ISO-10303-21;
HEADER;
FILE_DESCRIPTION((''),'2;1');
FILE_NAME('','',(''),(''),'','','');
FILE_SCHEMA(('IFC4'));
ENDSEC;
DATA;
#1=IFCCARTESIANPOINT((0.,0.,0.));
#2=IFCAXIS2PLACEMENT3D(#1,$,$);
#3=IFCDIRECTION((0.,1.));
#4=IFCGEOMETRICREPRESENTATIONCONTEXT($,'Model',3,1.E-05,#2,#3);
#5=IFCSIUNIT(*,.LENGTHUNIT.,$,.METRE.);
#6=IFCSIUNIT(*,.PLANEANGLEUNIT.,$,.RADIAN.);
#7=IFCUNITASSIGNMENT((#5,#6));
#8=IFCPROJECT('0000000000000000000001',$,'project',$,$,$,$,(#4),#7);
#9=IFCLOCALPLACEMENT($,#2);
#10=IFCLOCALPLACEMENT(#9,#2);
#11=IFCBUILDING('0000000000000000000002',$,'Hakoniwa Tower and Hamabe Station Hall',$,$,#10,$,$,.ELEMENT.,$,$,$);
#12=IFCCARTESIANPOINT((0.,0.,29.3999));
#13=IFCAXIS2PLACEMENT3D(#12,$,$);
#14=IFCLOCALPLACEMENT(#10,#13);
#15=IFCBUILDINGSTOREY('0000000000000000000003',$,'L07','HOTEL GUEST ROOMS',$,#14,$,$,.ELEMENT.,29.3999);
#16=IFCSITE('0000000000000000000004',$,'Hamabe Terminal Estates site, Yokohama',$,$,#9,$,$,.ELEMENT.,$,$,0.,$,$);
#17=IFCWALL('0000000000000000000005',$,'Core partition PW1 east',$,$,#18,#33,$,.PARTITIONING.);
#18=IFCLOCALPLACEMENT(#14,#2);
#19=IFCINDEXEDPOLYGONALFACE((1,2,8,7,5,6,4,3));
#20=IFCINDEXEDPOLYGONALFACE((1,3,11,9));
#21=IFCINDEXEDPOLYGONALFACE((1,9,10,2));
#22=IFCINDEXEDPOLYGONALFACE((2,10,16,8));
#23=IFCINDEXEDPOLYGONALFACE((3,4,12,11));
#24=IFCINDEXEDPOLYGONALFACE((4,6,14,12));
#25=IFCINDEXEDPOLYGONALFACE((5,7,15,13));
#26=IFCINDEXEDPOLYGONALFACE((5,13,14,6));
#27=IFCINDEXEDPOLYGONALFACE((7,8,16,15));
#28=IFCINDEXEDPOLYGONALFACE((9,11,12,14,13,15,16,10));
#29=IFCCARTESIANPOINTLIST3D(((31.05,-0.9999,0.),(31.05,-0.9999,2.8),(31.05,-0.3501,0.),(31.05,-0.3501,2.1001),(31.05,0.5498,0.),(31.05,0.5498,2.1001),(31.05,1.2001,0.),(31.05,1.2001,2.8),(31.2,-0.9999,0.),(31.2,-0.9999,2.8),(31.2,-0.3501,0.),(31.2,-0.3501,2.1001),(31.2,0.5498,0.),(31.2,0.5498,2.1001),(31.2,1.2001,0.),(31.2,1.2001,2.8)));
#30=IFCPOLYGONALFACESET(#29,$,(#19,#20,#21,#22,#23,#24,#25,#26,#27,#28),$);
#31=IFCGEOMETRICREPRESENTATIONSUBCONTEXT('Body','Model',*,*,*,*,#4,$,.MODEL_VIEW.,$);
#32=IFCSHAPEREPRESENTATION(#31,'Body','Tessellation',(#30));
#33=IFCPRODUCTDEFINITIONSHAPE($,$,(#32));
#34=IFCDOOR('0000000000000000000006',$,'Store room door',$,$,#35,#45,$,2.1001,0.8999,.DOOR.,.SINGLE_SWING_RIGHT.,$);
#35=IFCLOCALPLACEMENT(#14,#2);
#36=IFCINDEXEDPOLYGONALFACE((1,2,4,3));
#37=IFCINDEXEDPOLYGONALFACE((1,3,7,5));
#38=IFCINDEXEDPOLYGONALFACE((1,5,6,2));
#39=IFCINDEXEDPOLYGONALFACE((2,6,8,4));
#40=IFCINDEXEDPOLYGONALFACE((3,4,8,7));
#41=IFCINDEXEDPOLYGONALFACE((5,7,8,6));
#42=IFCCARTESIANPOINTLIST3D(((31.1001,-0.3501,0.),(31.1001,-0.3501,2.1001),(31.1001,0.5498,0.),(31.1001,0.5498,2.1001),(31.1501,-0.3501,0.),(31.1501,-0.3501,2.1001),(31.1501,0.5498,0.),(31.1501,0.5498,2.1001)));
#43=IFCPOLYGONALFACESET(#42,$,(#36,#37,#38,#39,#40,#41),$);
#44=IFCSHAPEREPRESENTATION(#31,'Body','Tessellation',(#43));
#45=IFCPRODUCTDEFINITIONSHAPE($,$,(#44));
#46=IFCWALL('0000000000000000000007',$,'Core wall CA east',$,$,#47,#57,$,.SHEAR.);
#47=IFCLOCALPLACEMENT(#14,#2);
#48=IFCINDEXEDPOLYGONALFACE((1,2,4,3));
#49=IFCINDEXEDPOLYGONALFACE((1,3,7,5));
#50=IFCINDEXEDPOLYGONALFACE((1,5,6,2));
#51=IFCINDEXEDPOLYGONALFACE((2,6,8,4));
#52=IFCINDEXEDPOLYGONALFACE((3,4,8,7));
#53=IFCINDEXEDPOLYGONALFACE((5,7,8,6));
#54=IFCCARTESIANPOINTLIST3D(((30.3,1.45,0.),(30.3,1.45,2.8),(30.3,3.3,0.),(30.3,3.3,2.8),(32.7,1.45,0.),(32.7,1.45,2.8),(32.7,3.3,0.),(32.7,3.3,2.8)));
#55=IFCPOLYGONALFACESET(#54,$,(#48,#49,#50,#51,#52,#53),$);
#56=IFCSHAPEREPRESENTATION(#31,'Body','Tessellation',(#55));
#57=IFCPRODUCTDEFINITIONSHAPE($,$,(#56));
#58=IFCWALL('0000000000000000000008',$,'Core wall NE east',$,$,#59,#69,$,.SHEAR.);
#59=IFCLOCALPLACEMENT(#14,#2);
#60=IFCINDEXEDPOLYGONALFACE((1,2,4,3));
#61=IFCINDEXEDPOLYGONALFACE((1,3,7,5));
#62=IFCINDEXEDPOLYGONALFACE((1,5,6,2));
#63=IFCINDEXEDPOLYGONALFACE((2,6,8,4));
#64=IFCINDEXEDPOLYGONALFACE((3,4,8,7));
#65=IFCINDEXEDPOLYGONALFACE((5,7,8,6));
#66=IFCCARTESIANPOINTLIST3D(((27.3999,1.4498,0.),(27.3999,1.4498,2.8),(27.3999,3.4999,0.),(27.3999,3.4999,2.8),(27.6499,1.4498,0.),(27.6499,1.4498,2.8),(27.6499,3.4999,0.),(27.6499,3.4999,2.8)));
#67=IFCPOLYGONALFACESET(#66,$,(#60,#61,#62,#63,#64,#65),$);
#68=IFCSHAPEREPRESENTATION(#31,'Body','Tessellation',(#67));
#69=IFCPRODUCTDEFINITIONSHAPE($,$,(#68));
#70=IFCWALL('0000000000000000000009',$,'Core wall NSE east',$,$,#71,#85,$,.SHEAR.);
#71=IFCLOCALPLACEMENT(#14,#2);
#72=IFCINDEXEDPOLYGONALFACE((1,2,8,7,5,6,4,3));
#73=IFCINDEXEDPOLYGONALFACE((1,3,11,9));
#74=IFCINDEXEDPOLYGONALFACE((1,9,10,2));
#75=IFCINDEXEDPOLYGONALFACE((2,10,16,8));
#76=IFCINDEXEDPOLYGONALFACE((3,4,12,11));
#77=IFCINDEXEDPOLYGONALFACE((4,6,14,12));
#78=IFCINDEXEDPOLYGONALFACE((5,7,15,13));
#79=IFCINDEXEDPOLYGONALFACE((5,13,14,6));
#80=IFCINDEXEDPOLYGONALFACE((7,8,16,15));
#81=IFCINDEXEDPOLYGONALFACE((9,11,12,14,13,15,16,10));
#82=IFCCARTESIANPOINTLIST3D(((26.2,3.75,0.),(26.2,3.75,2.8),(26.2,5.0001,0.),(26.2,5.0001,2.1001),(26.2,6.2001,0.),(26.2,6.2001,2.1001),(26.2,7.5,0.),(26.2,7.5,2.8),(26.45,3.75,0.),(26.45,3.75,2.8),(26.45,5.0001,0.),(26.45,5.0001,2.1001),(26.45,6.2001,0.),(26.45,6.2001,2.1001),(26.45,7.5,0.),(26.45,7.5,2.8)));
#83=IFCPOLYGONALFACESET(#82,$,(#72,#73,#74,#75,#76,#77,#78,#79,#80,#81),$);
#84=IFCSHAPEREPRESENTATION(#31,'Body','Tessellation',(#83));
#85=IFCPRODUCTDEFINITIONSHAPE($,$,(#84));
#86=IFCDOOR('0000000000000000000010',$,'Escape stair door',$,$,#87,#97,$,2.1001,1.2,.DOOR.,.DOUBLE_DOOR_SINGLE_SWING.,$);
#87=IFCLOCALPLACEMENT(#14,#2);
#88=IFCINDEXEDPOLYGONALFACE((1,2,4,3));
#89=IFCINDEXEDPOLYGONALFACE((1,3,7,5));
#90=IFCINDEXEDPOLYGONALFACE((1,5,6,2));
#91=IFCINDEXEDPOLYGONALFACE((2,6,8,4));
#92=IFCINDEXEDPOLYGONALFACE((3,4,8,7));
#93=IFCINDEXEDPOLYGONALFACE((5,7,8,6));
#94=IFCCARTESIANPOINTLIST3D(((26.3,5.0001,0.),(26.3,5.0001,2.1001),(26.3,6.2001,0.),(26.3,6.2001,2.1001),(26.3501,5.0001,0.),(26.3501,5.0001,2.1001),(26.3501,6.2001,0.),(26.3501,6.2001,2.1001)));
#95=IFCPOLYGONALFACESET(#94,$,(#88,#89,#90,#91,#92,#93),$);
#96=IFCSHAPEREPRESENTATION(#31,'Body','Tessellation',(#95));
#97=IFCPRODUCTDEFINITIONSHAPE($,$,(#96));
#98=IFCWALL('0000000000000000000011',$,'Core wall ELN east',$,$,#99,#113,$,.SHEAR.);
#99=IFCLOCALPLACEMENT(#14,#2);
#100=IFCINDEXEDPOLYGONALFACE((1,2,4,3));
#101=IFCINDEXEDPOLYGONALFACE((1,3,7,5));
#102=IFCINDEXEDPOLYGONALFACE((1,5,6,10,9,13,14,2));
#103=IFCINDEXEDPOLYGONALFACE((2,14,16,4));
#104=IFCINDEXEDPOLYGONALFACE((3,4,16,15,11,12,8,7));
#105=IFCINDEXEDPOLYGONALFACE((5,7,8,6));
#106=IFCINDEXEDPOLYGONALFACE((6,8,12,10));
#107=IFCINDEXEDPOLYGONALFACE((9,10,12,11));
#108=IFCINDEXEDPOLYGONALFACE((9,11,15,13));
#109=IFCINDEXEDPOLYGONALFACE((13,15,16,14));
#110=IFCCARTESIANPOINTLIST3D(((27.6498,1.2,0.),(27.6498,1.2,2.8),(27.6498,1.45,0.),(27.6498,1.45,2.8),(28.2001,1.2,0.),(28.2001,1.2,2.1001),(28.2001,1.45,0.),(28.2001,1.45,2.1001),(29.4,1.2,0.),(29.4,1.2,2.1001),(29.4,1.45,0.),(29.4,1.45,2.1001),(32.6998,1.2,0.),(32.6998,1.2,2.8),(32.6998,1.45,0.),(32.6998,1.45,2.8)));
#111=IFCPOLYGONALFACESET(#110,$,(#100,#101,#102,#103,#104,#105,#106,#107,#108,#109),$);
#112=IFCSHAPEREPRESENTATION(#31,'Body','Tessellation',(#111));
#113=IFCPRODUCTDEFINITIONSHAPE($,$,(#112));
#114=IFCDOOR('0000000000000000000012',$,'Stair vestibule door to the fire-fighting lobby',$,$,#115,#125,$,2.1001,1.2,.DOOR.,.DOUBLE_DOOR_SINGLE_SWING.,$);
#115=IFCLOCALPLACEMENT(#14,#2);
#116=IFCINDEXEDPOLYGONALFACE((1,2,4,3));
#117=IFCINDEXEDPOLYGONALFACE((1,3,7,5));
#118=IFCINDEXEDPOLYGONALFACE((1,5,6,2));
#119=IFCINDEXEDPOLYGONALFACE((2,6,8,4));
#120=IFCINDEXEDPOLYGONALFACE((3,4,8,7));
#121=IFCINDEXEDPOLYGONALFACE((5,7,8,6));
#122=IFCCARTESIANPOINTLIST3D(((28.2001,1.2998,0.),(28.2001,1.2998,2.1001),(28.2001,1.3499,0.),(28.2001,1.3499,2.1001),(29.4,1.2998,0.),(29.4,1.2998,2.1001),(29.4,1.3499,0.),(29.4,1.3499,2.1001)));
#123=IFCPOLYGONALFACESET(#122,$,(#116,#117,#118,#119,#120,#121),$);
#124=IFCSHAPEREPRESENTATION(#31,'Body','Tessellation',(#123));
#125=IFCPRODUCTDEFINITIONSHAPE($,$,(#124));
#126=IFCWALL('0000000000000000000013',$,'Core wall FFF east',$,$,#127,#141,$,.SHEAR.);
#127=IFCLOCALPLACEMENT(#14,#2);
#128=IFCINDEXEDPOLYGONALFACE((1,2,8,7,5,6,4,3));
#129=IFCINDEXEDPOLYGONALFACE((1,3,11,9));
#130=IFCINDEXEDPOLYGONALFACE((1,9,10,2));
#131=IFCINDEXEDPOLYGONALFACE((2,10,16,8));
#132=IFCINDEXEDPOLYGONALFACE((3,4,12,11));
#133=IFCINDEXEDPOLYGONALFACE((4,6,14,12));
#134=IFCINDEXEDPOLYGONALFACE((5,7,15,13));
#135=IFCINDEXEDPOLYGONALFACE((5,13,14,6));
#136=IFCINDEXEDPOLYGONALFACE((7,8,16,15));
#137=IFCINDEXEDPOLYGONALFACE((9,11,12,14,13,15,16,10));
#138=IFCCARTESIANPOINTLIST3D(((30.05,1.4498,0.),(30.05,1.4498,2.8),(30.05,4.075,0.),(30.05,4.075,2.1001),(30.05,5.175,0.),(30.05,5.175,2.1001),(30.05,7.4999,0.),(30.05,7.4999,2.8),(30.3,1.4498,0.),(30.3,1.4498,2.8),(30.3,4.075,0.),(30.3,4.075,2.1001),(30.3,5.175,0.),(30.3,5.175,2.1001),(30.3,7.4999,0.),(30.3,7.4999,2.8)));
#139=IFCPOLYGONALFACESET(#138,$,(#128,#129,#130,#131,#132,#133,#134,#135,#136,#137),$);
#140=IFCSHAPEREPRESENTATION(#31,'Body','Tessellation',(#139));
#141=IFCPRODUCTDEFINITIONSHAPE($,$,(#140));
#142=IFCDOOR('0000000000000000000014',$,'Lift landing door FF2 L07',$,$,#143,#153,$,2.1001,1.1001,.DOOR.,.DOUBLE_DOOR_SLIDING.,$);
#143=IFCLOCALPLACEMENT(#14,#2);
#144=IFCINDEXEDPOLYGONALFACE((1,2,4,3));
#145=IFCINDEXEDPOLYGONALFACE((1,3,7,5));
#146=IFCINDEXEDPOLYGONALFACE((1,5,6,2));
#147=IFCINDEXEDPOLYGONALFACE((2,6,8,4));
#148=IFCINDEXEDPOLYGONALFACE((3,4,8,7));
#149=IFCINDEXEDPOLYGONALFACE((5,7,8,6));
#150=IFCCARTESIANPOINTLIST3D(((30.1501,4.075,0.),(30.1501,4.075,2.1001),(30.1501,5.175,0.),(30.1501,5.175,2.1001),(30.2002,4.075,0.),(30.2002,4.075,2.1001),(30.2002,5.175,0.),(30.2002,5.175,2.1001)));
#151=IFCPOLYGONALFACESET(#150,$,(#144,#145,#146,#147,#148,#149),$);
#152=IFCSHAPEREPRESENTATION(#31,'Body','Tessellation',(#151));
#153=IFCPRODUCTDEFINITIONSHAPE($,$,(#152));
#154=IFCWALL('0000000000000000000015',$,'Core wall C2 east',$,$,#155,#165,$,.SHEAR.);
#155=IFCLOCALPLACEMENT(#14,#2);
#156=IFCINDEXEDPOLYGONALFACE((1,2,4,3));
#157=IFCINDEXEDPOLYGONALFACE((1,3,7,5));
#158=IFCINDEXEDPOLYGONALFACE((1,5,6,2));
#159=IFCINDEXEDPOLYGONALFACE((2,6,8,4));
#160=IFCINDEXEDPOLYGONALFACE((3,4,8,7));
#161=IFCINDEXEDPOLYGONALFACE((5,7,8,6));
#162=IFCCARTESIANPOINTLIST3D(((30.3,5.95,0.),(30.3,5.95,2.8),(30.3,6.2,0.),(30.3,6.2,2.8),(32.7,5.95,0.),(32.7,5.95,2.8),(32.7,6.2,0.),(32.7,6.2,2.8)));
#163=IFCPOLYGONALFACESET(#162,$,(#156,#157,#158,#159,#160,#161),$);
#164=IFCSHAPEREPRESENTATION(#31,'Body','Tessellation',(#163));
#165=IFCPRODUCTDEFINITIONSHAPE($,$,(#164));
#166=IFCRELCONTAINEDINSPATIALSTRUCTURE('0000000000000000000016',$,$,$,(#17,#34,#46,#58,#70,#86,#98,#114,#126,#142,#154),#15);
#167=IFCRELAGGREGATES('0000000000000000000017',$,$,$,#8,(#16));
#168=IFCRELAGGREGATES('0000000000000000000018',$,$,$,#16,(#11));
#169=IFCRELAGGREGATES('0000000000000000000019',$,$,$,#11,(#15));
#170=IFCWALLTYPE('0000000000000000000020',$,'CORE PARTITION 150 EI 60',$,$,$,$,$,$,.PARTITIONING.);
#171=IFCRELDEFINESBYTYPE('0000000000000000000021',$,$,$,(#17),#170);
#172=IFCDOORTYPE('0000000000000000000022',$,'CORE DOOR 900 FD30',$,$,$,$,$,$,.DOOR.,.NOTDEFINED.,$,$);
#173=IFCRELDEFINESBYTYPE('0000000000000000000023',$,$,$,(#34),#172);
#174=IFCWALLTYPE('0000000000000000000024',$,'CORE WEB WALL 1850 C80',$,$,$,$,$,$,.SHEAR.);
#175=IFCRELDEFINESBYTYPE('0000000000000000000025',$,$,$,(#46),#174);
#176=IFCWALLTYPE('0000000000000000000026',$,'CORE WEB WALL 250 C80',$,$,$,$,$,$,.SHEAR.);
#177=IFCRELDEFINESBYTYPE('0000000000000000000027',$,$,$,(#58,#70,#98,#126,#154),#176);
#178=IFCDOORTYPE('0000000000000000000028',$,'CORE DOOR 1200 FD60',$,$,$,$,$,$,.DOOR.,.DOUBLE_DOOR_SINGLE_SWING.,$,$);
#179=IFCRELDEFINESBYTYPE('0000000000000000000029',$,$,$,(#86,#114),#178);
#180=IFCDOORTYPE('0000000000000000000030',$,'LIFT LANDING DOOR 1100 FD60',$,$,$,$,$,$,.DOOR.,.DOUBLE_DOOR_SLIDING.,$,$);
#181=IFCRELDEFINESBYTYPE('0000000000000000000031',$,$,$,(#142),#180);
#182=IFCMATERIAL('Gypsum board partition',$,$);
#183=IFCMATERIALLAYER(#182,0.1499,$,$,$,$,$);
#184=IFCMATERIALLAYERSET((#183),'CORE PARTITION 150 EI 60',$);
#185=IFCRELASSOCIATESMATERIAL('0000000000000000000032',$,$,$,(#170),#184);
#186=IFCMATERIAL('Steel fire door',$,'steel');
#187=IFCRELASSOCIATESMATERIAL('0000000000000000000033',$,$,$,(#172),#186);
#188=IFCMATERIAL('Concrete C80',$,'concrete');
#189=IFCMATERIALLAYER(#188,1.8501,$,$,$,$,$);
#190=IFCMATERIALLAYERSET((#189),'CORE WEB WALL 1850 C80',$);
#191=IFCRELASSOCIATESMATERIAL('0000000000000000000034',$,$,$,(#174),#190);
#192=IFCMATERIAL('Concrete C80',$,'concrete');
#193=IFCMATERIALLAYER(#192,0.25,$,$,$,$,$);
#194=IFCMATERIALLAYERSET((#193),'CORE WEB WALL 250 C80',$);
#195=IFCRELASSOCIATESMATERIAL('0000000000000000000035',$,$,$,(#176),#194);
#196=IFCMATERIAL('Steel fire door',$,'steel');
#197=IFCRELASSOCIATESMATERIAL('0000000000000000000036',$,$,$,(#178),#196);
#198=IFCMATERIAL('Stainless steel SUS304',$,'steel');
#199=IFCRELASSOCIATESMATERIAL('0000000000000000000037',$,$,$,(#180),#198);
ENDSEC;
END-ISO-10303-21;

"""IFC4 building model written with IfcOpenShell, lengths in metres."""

from ifc_helpers import new_model, si_unit, direction, frame, frame_2d, origin, place, context, subcontext, project, spatial, rectangle, extrude, material, layer, layer_set, type_object, element, fill, save


model = new_model("IFC4")

# Units and contexts
model_context = context("Model", 3, precision=1e-05, world=origin(), true_north=direction((0.0, 1.0)))
body_context = subcontext(model_context, "Body", "Model", "MODEL_VIEW")
ifc_project = project(units=[si_unit("LENGTHUNIT", "METRE"), si_unit("PLANEANGLEUNIT", "RADIAN")], contexts=[model_context])

# Site, building, storey
site_placement = place(None, origin())
site = spatial("IfcSite", under=ifc_project, at=site_placement, Name="Hamabe Terminal Estates site, Yokohama", CompositionType="ELEMENT", RefElevation=0.0)
building_placement = place(site_placement, origin())
building = spatial("IfcBuilding", under=site, at=building_placement, Name="Hakoniwa Tower and Hamabe Station Hall", CompositionType="ELEMENT")
storey_placement = place(building_placement, frame((0.0, 0.0, 29.3999)))
storey = spatial("IfcBuildingStorey", under=building, at=storey_placement, Name="L07", Description="HOTEL GUEST ROOMS", CompositionType="ELEMENT", Elevation=29.3999)

# Shared definitions
ifc_material_1 = material(Name="Gypsum board partition")
ifc_layer_1 = layer(ifc_material_1, 0.1499)
ifc_layer_set_1 = layer_set([ifc_layer_1], Name="CORE PARTITION 150 EI 60")
wall_type_1 = type_object("IfcWallType", Name="CORE PARTITION 150 EI 60", PredefinedType="PARTITIONING", material=ifc_layer_set_1)
ifc_material_2 = material(Name="Steel fire door", Category="steel")
door_type_1 = type_object("IfcDoorType", Name="CORE DOOR 900 FD30", OperationType="NOTDEFINED", PredefinedType="DOOR", material=ifc_material_2)

# Wall, opening, door
wall_1_placement = place(storey_placement, frame((31.125, -1.0, 0.0), z_axis=(0.0, 0.0, 1.0), x_axis=(0.0, 1.0, 0.0)))
wall_1 = element("IfcWall", 1, at=wall_1_placement, inside=storey, type_object=wall_type_1, Name="Core partition PW1 east", PredefinedType="PARTITIONING", context=body_context, shape_type="SweptSolid", body=[
    extrude(rectangle(XDim=2.2, YDim=0.1499, at=frame_2d((1.1001, 0.0))), origin(), (0.0, 0.0, 1.0), 2.8),
])
opening_1_placement = place(wall_1_placement, frame((0.6499, 0.0, 0.0)))
opening_1 = element("IfcOpeningElement", 2, at=opening_1_placement, cuts=wall_1, PredefinedType="OPENING", context=body_context, shape_type="SweptSolid", body=[
    extrude(rectangle(XDim=0.8999, YDim=2.1001, at=frame_2d((0.45, 1.05))), frame((0.0, 0.085, 0.0), z_axis=(0.0, -1.0, 0.0), x_axis=(1.0, 0.0, 0.0)), (0.0, 0.0, 1.0), 0.1699),
])
door_1_placement = place(opening_1_placement, origin())
door_1 = element("IfcDoor", 3, at=door_1_placement, inside=storey, type_object=door_type_1, Name="Store room door", OperationType="SINGLE_SWING_RIGHT", OverallHeight=2.1001, OverallWidth=0.8999, PredefinedType="DOOR", context=body_context, shape_type="SweptSolid", body=[
    extrude(rectangle(XDim=0.8999, YDim=2.1001, at=frame_2d((0.45, 1.05))), frame((0.0, 0.0249, 0.0), z_axis=(0.0, -1.0, 0.0), x_axis=(1.0, 0.0, 0.0)), (0.0, 0.0, 1.0), 0.05),
])
fill(opening_1, door_1)

# Walls
ifc_material_3 = material(Name="Concrete C80", Category="concrete")
ifc_layer_2 = layer(ifc_material_3, 1.8501)
ifc_layer_set_2 = layer_set([ifc_layer_2], Name="CORE WEB WALL 1850 C80")
wall_type_2 = type_object("IfcWallType", Name="CORE WEB WALL 1850 C80", PredefinedType="SHEAR", material=ifc_layer_set_2)
wall_2_placement = place(storey_placement, frame((30.3, 2.375, 0.0), z_axis=(0.0, 0.0, 1.0), x_axis=(1.0, 0.0, 0.0)))
element("IfcWall", 4, at=wall_2_placement, inside=storey, type_object=wall_type_2, Name="Core wall CA east", PredefinedType="SHEAR", context=body_context, shape_type="SweptSolid", body=[
    extrude(rectangle(XDim=2.3999, YDim=1.8501, at=frame_2d((1.2, 0.0))), origin(), (0.0, 0.0, 1.0), 2.8),
])
ifc_material_4 = material(Name="Concrete C80", Category="concrete")
ifc_layer_3 = layer(ifc_material_4, 0.25)
ifc_layer_set_3 = layer_set([ifc_layer_3], Name="CORE WEB WALL 250 C80")
wall_type_3 = type_object("IfcWallType", Name="CORE WEB WALL 250 C80", PredefinedType="SHEAR", material=ifc_layer_set_3)
wall_3_placement = place(storey_placement, frame((27.5249, 1.45, 0.0), z_axis=(0.0, 0.0, 1.0), x_axis=(0.0, 1.0, 0.0)))
element("IfcWall", 5, at=wall_3_placement, inside=storey, type_object=wall_type_3, Name="Core wall NE east", PredefinedType="SHEAR", context=body_context, shape_type="SweptSolid", body=[
    extrude(rectangle(XDim=2.05, YDim=0.25, at=frame_2d((1.0249, 0.0))), origin(), (0.0, 0.0, 1.0), 2.8),
])

# Walls, openings, doors
wall_4_placement = place(storey_placement, frame((26.325, 3.75, 0.0), z_axis=(0.0, 0.0, 1.0), x_axis=(0.0, 1.0, 0.0)))
wall_4 = element("IfcWall", 6, at=wall_4_placement, inside=storey, type_object=wall_type_3, Name="Core wall NSE east", PredefinedType="SHEAR", context=body_context, shape_type="SweptSolid", body=[
    extrude(rectangle(XDim=3.75, YDim=0.25, at=frame_2d((1.875, 0.0))), origin(), (0.0, 0.0, 1.0), 2.8),
])
opening_2_placement = place(wall_4_placement, frame((1.25, 0.0, 0.0)))
opening_2 = element("IfcOpeningElement", 7, at=opening_2_placement, cuts=wall_4, PredefinedType="OPENING", context=body_context, shape_type="SweptSolid", body=[
    extrude(rectangle(XDim=1.2, YDim=2.1001, at=frame_2d((0.6001, 1.05))), frame((0.0, 0.135, 0.0), z_axis=(0.0, -1.0, 0.0), x_axis=(1.0, 0.0, 0.0)), (0.0, 0.0, 1.0), 0.27),
])
ifc_material_5 = material(Name="Steel fire door", Category="steel")
door_type_2 = type_object("IfcDoorType", Name="CORE DOOR 1200 FD60", OperationType="DOUBLE_DOOR_SINGLE_SWING", PredefinedType="DOOR", material=ifc_material_5)
door_2_placement = place(opening_2_placement, origin())
door_2 = element("IfcDoor", 8, at=door_2_placement, inside=storey, type_object=door_type_2, Name="Escape stair door", OperationType="DOUBLE_DOOR_SINGLE_SWING", OverallHeight=2.1001, OverallWidth=1.2, PredefinedType="DOOR", context=body_context, shape_type="SweptSolid", body=[
    extrude(rectangle(XDim=1.2, YDim=2.1001, at=frame_2d((0.6001, 1.05))), frame((0.0, 0.0249, 0.0), z_axis=(0.0, -1.0, 0.0), x_axis=(1.0, 0.0, 0.0)), (0.0, 0.0, 1.0), 0.05),
])
fill(opening_2, door_2)
wall_5_placement = place(storey_placement, frame((27.6499, 1.325, 0.0), z_axis=(0.0, 0.0, 1.0), x_axis=(1.0, 0.0, 0.0)))
wall_5 = element("IfcWall", 9, at=wall_5_placement, inside=storey, type_object=wall_type_3, Name="Core wall ELN east", PredefinedType="SHEAR", context=body_context, shape_type="SweptSolid", body=[
    extrude(rectangle(XDim=5.05, YDim=0.25, at=frame_2d((2.5249, 0.0))), origin(), (0.0, 0.0, 1.0), 2.8),
])
opening_3_placement = place(wall_5_placement, frame((0.55, 0.0, 0.0)))
opening_3 = element("IfcOpeningElement", 10, at=opening_3_placement, cuts=wall_5, PredefinedType="OPENING", context=body_context, shape_type="SweptSolid", body=[
    extrude(rectangle(XDim=1.2, YDim=2.1001, at=frame_2d((0.6001, 1.05))), frame((0.0, 0.135, 0.0), z_axis=(0.0, -1.0, 0.0), x_axis=(1.0, 0.0, 0.0)), (0.0, 0.0, 1.0), 0.27),
])
door_3_placement = place(opening_3_placement, origin())
door_3 = element("IfcDoor", 11, at=door_3_placement, inside=storey, type_object=door_type_2, Name="Stair vestibule door to the fire-fighting lobby", OperationType="DOUBLE_DOOR_SINGLE_SWING", OverallHeight=2.1001, OverallWidth=1.2, PredefinedType="DOOR", context=body_context, shape_type="SweptSolid", body=[
    extrude(rectangle(XDim=1.2, YDim=2.1001, at=frame_2d((0.6001, 1.05))), frame((0.0, 0.0249, 0.0), z_axis=(0.0, -1.0, 0.0), x_axis=(1.0, 0.0, 0.0)), (0.0, 0.0, 1.0), 0.05),
])
fill(opening_3, door_3)
wall_6_placement = place(storey_placement, frame((30.175, 1.45, 0.0), z_axis=(0.0, 0.0, 1.0), x_axis=(0.0, 1.0, 0.0)))
wall_6 = element("IfcWall", 12, at=wall_6_placement, inside=storey, type_object=wall_type_3, Name="Core wall FFF east", PredefinedType="SHEAR", context=body_context, shape_type="SweptSolid", body=[
    extrude(rectangle(XDim=6.05, YDim=0.25, at=frame_2d((3.0249, 0.0))), origin(), (0.0, 0.0, 1.0), 2.8),
])
opening_4_placement = place(wall_6_placement, frame((2.625, 0.0, 0.0)))
opening_4 = element("IfcOpeningElement", 13, at=opening_4_placement, cuts=wall_6, PredefinedType="OPENING", context=body_context, shape_type="SweptSolid", body=[
    extrude(rectangle(XDim=1.1001, YDim=2.1001, at=frame_2d((0.55, 1.05))), frame((0.0, 0.135, 0.0), z_axis=(0.0, -1.0, 0.0), x_axis=(1.0, 0.0, 0.0)), (0.0, 0.0, 1.0), 0.27),
])
ifc_material_6 = material(Name="Stainless steel SUS304", Category="steel")
door_type_3 = type_object("IfcDoorType", Name="LIFT LANDING DOOR 1100 FD60", OperationType="DOUBLE_DOOR_SLIDING", PredefinedType="DOOR", material=ifc_material_6)
door_4_placement = place(opening_4_placement, origin())
door_4 = element("IfcDoor", 14, at=door_4_placement, inside=storey, type_object=door_type_3, Name="Lift landing door FF2 L07", OperationType="DOUBLE_DOOR_SLIDING", OverallHeight=2.1001, OverallWidth=1.1001, PredefinedType="DOOR", context=body_context, shape_type="SweptSolid", body=[
    extrude(rectangle(XDim=1.1001, YDim=2.1001, at=frame_2d((0.55, 1.05))), frame((0.0, 0.0249, 0.0), z_axis=(0.0, -1.0, 0.0), x_axis=(1.0, 0.0, 0.0)), (0.0, 0.0, 1.0), 0.05),
])
fill(opening_4, door_4)

# Wall
wall_7_placement = place(storey_placement, frame((30.3, 6.075, 0.0), z_axis=(0.0, 0.0, 1.0), x_axis=(1.0, 0.0, 0.0)))
element("IfcWall", 15, at=wall_7_placement, inside=storey, type_object=wall_type_3, Name="Core wall C2 east", PredefinedType="SHEAR", context=body_context, shape_type="SweptSolid", body=[
    extrude(rectangle(XDim=2.3999, YDim=0.25, at=frame_2d((1.2, 0.0))), origin(), (0.0, 0.0, 1.0), 2.8),
])

save(model, "model.ifc")
